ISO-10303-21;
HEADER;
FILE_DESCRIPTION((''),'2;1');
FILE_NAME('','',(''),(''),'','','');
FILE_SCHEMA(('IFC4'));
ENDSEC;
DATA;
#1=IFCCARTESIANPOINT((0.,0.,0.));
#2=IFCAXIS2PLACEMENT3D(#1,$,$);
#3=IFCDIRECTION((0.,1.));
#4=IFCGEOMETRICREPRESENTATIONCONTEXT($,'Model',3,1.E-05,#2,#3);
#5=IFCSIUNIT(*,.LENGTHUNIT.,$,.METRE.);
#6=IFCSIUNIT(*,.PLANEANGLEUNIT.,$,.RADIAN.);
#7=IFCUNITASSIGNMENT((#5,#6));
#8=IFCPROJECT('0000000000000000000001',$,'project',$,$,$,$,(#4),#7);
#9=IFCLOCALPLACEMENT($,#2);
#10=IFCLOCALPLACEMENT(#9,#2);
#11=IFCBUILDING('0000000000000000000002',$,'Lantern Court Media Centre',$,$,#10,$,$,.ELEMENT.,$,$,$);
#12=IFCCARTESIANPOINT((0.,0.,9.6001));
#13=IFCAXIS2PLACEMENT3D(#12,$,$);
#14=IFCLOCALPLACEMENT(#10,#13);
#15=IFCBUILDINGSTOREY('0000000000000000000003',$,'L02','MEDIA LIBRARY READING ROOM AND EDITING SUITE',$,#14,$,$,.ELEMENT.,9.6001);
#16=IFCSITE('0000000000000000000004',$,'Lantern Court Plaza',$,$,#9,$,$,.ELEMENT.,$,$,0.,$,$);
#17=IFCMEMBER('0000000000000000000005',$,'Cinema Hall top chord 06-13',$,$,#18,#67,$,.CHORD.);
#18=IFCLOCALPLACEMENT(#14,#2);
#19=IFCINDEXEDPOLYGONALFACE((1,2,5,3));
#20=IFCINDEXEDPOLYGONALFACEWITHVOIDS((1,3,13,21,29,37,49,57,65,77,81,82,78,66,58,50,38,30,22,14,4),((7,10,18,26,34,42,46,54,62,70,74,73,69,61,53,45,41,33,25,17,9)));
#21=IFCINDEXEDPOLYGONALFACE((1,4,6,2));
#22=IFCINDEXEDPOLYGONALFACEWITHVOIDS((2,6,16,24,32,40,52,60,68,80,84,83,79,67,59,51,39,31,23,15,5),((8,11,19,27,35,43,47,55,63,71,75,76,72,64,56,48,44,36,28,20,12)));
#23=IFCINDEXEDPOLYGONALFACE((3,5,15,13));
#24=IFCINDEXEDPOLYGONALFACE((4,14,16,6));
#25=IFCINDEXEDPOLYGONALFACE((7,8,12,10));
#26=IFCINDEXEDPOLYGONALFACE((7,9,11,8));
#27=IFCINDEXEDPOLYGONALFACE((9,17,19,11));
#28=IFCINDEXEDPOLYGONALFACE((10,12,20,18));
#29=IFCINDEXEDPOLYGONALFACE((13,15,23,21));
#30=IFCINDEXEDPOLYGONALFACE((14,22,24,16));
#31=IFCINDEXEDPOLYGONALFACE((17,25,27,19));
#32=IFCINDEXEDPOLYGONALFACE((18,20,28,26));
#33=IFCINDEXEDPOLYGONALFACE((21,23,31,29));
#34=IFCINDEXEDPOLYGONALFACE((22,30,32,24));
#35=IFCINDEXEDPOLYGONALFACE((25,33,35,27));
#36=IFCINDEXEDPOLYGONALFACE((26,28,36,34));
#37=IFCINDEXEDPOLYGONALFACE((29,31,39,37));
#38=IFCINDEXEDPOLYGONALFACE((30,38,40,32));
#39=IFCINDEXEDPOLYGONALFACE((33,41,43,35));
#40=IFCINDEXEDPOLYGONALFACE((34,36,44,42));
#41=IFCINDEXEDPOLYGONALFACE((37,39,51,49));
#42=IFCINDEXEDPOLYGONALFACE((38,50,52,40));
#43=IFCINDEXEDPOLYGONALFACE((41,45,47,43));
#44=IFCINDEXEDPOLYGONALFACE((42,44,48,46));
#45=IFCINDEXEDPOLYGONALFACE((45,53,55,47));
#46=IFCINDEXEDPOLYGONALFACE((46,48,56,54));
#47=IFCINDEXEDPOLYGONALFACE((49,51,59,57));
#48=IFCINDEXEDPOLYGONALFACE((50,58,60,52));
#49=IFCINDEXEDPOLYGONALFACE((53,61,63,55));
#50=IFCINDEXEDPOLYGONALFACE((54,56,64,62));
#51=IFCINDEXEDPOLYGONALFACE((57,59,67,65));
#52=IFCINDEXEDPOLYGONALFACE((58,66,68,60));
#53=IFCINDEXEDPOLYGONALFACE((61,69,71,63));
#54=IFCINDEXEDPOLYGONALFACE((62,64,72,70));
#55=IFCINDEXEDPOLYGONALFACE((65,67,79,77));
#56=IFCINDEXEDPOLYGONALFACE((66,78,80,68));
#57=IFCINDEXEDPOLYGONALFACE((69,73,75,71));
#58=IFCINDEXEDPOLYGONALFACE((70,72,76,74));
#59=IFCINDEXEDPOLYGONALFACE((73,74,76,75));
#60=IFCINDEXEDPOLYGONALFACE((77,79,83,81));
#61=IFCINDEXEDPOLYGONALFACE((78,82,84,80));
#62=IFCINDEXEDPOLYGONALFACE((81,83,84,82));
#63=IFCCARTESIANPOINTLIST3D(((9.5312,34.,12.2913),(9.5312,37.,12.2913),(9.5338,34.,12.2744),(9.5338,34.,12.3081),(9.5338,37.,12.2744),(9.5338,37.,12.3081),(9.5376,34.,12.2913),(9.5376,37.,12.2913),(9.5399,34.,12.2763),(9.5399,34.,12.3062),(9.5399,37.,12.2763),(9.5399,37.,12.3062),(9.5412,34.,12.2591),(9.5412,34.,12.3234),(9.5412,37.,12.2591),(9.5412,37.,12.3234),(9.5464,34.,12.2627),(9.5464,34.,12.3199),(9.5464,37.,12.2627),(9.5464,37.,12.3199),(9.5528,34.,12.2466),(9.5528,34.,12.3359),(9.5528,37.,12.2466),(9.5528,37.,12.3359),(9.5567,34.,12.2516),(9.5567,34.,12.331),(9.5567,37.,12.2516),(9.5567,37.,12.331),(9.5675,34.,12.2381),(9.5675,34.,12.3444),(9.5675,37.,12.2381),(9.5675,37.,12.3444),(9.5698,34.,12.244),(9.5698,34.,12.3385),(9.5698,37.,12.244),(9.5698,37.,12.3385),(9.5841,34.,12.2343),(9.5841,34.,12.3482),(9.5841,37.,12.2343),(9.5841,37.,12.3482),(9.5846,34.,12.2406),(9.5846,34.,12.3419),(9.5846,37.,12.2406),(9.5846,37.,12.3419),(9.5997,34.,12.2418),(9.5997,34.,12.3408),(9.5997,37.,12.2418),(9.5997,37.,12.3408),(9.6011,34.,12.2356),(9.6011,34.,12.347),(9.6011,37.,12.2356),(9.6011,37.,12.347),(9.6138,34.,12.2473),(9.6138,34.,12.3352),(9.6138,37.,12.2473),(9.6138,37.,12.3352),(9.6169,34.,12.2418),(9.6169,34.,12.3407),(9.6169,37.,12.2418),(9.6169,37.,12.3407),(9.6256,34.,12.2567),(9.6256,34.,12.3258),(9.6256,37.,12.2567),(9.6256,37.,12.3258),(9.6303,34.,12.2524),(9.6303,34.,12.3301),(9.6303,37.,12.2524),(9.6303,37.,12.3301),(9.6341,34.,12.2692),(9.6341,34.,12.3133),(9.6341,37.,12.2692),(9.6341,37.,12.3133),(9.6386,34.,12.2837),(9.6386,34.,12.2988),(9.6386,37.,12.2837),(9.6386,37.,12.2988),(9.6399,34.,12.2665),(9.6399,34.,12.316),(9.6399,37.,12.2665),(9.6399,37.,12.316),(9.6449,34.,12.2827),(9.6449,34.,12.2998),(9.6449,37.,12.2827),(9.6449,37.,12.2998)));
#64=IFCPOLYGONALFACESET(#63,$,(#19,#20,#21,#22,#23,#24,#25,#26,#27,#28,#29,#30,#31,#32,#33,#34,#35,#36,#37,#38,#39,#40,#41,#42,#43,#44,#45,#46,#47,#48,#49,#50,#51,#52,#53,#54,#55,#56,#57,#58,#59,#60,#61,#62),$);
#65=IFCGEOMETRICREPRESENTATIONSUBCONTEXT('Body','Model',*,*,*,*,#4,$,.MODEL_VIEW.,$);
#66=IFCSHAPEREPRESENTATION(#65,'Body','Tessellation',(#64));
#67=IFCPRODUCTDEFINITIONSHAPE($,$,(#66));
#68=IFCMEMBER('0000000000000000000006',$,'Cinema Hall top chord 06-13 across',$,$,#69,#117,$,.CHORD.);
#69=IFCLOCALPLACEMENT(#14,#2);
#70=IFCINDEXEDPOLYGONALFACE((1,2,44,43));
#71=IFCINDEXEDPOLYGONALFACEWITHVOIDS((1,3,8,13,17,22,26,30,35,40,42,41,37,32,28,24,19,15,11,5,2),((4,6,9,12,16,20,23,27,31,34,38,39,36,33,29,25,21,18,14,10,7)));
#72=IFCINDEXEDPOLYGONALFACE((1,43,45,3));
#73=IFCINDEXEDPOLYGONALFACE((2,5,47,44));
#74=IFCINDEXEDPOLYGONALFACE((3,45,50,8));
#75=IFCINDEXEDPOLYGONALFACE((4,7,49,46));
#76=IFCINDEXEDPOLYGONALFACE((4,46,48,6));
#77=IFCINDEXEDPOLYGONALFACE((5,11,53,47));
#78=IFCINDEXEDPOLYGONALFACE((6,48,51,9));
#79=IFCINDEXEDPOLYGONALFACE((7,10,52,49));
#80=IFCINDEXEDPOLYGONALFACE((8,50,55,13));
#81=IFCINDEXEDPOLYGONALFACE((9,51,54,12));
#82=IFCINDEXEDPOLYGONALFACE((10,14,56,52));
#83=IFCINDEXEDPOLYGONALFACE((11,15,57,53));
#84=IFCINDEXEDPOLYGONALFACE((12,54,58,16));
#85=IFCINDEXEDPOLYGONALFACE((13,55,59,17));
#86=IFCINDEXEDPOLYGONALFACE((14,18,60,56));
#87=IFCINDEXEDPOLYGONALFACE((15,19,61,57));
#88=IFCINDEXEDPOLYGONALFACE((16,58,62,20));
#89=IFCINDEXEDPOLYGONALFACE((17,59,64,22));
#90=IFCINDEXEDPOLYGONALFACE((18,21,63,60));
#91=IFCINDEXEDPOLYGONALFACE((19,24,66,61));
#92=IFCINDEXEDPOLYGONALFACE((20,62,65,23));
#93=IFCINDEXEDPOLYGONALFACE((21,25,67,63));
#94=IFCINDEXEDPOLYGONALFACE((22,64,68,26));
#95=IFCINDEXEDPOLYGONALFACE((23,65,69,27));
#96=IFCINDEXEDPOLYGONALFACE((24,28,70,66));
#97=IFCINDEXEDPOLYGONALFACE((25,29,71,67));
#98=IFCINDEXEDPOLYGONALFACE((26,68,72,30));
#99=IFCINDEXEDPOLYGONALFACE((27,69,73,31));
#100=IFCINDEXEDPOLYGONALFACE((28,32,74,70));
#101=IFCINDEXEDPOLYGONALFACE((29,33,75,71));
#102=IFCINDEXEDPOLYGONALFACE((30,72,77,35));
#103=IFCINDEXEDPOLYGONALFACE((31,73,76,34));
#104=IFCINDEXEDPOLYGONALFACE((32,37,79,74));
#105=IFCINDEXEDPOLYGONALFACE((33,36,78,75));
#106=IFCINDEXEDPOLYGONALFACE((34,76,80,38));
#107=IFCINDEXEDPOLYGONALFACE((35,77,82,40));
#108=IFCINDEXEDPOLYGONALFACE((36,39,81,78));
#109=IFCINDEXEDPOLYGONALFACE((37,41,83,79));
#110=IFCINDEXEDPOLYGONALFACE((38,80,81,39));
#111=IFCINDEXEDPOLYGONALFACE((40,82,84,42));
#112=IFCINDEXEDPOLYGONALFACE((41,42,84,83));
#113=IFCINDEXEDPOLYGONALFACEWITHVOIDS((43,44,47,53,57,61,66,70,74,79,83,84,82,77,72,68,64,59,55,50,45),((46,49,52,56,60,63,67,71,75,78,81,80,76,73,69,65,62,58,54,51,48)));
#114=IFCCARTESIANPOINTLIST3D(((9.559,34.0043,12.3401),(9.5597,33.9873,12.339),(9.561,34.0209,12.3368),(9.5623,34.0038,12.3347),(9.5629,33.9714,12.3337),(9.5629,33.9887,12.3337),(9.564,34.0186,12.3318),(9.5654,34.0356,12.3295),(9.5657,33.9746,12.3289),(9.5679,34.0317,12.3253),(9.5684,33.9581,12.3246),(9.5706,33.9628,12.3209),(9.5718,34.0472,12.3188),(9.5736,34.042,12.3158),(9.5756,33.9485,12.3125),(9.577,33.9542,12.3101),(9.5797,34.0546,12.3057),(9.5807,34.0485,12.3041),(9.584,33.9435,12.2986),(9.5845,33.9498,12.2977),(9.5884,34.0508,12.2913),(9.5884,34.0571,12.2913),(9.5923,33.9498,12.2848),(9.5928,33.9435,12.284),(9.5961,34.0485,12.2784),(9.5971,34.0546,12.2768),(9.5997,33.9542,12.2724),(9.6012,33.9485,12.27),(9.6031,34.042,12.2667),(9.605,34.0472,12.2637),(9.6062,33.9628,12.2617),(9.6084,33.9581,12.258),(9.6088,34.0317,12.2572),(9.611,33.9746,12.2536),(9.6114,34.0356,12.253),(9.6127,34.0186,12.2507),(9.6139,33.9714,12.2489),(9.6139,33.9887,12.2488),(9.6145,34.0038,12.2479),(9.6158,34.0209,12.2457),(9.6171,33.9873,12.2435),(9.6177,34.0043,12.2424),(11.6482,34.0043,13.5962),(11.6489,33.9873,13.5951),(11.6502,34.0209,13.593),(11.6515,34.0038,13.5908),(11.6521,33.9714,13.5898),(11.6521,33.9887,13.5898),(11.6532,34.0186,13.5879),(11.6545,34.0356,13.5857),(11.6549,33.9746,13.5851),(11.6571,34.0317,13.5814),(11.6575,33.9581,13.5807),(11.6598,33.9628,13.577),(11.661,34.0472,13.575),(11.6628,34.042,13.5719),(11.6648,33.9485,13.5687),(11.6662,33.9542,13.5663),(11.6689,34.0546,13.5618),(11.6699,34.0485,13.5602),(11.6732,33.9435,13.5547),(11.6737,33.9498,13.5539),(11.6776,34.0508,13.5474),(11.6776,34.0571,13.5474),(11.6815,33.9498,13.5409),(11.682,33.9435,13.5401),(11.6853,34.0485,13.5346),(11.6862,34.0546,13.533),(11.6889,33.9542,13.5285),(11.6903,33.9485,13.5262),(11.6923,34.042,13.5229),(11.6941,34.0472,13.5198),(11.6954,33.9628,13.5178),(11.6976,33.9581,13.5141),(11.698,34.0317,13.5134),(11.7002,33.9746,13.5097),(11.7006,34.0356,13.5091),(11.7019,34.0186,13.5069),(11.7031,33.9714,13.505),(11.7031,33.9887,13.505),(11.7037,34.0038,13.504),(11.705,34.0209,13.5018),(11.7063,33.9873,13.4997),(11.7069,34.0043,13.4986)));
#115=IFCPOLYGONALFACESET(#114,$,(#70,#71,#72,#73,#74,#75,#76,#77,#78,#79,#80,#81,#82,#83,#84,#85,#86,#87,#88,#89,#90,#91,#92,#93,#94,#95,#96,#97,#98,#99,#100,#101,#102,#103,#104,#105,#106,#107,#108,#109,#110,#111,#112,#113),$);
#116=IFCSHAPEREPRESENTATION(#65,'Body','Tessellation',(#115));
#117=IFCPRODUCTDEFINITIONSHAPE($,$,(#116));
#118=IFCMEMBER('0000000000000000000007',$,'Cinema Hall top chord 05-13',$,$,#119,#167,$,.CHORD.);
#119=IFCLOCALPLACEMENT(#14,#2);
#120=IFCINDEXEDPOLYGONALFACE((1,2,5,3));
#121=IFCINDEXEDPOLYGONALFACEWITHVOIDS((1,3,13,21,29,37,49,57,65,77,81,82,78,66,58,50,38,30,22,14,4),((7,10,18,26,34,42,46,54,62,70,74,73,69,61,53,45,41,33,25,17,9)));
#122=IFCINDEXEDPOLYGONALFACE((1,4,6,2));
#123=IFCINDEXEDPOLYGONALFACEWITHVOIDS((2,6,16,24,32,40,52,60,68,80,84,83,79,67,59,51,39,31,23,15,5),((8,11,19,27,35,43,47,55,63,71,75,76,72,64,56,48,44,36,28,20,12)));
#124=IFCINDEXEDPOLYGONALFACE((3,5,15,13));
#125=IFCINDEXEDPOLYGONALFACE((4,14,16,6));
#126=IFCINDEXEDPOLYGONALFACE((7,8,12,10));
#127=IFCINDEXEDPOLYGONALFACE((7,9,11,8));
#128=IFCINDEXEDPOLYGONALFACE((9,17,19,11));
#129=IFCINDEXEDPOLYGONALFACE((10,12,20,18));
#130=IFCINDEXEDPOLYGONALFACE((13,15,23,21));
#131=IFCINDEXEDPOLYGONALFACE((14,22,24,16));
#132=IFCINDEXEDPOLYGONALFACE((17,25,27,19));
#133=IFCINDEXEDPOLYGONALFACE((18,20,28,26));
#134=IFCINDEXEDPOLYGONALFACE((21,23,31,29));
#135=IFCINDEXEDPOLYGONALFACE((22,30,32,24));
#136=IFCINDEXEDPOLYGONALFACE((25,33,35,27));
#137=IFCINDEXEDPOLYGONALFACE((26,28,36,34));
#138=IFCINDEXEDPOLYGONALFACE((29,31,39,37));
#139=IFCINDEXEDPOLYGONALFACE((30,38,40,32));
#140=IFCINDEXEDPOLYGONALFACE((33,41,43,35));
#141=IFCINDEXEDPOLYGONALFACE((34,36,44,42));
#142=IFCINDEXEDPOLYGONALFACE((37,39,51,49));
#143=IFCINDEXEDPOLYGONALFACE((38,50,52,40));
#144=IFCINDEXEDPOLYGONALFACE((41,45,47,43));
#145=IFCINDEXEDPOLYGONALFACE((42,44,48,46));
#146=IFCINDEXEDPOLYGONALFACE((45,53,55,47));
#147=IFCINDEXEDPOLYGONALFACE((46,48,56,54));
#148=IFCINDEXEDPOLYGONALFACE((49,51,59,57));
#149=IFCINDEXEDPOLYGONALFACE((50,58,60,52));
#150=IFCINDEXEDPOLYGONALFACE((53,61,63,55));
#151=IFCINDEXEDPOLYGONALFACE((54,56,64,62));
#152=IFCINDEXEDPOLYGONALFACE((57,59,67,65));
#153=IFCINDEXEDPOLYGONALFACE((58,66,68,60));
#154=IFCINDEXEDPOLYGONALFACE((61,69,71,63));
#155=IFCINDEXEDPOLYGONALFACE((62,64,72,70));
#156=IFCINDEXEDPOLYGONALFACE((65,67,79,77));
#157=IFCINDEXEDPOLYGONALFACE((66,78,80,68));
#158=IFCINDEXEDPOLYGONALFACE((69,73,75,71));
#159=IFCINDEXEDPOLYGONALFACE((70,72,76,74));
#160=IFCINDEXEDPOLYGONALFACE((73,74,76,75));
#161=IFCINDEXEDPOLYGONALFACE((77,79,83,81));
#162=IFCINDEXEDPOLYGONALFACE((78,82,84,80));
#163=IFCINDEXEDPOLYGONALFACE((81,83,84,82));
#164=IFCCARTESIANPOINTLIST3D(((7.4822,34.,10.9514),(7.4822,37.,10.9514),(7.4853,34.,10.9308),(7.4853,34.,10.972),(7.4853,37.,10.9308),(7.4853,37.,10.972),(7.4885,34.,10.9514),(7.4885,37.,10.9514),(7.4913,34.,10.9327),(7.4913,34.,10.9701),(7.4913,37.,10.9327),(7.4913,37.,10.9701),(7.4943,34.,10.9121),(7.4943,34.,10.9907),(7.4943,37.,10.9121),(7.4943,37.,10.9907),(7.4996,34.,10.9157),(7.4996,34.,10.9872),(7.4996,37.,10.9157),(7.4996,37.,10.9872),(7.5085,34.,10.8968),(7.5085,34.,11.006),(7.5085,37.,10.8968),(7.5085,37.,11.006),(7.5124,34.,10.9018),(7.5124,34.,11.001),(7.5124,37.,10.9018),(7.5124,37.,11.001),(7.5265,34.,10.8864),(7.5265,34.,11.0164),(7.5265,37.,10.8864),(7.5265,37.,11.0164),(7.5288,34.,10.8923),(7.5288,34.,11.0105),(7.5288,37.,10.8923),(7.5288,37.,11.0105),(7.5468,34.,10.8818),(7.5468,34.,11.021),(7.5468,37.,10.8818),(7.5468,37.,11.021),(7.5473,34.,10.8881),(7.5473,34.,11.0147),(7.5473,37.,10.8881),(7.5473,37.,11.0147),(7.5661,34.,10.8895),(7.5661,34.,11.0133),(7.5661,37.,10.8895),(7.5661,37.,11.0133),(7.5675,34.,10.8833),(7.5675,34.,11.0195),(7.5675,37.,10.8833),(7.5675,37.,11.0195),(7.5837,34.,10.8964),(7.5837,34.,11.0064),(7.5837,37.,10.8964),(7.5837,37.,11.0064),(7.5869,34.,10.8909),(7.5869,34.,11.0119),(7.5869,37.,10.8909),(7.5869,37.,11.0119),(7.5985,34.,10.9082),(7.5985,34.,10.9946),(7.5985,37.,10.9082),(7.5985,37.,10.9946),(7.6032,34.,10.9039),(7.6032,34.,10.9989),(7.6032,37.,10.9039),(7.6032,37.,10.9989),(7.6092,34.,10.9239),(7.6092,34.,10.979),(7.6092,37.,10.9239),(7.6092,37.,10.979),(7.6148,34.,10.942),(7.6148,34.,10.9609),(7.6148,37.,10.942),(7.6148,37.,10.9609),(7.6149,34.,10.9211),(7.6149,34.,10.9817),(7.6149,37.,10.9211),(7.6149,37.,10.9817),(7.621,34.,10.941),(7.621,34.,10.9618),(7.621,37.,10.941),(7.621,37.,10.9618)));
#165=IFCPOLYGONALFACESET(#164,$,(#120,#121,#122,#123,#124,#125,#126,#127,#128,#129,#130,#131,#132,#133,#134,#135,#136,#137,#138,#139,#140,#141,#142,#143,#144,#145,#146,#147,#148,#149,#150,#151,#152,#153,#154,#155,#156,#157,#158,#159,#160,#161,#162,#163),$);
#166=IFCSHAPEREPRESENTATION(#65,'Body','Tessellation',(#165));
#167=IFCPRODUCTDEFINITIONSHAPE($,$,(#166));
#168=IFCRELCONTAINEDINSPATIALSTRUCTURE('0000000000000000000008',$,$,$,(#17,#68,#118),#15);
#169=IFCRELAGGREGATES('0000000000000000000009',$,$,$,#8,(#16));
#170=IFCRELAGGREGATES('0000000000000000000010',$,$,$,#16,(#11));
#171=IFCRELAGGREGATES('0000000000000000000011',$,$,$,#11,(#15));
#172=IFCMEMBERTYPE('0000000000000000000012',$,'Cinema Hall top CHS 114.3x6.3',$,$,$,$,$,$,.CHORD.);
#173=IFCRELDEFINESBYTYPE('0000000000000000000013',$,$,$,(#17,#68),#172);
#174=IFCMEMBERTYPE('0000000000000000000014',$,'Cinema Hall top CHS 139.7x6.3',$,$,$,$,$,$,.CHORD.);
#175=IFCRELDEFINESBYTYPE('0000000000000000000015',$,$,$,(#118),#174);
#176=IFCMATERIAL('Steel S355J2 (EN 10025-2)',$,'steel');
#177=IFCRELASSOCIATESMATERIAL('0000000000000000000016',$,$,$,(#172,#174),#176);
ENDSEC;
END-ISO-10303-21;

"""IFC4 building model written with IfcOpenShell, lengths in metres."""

from ifc_helpers import new_model, si_unit, direction, frame, origin, origin_2d, place, context, subcontext, project, spatial, hollow_circle, extrude, material, material_profile, profile_set, type_object, element, save


model = new_model("IFC4")

# Units and contexts
model_context = context("Model", 3, precision=1e-05, world=origin(), true_north=direction((0.0, 1.0)))
body_context = subcontext(model_context, "Body", "Model", "MODEL_VIEW")
ifc_project = project(units=[si_unit("LENGTHUNIT", "METRE"), si_unit("PLANEANGLEUNIT", "RADIAN")], contexts=[model_context])

# Site, building, storey
site_placement = place(None, origin())
site = spatial("IfcSite", under=ifc_project, at=site_placement, Name="Lantern Court Plaza", CompositionType="ELEMENT", RefElevation=0.0)
building_placement = place(site_placement, origin())
building = spatial("IfcBuilding", under=site, at=building_placement, Name="Lantern Court Media Centre", CompositionType="ELEMENT")
storey_placement = place(building_placement, frame((0.0, 0.0, 9.6001)))
storey = spatial("IfcBuildingStorey", under=building, at=storey_placement, Name="L02", Description="MEDIA LIBRARY READING ROOM AND EDITING SUITE", CompositionType="ELEMENT", Elevation=9.6001)

# Members
ifc_material = material(Name="Steel S355J2 (EN 10025-2)", Category="steel")
ifc_material_profile_1 = material_profile(ifc_material, hollow_circle(Radius=0.0571, WallThickness=0.0063, at=origin_2d()), Name="Cinema Hall top CHS 114.3x6.3")
ifc_profile_set_1 = profile_set([ifc_material_profile_1], Name="Steel S355J2 (EN 10025-2)")
member_type_1 = type_object("IfcMemberType", Name="Cinema Hall top CHS 114.3x6.3", PredefinedType="CHORD", material=ifc_profile_set_1)
member_1_placement = place(storey_placement, frame((9.5884, 34.0, 12.2913), z_axis=(0.0, 1.0, 0.0), x_axis=(-1.0, 0.0, 0.0)))
element("IfcMember", 1, at=member_1_placement, inside=storey, type_object=member_type_1, Name="Cinema Hall top chord 06-13", PredefinedType="CHORD", context=body_context, shape_type="SweptSolid", body=[
    extrude(hollow_circle(Radius=0.0571, WallThickness=0.0063, at=origin_2d()), origin(), (0.0, 0.0, 1.0), 3.0),
])
member_2_placement = place(storey_placement, frame((9.5884, 34.0, 12.2913), z_axis=(0.857015, 0.0, 0.515291), x_axis=(0.0, 1.0, 0.0)))
element("IfcMember", 2, at=member_2_placement, inside=storey, type_object=member_type_1, Name="Cinema Hall top chord 06-13 across", PredefinedType="CHORD", context=body_context, shape_type="SweptSolid", body=[
    extrude(hollow_circle(Radius=0.0571, WallThickness=0.0063, at=origin_2d()), origin(), (0.0, 0.0, 1.0), 2.4377),
])
ifc_material_profile_2 = material_profile(ifc_material, hollow_circle(Radius=0.0698, WallThickness=0.0063, at=origin_2d()), Name="Cinema Hall top CHS 139.7x6.3")
ifc_profile_set_2 = profile_set([ifc_material_profile_2], Name="Steel S355J2 (EN 10025-2)")
member_type_2 = type_object("IfcMemberType", Name="Cinema Hall top CHS 139.7x6.3", PredefinedType="CHORD", material=ifc_profile_set_2)
for number, where, z_axis, x_axis, name in (
    (3, (7.552, 34.0, 10.9514), (0.0, 1.0, 0.0), (-1.0, 0.0, 0.0), "Cinema Hall top chord 05-13"),
):
    element("IfcMember", number, at=place(storey_placement, frame(where, z_axis=z_axis, x_axis=x_axis)), inside=storey, type_object=member_type_2, Name=name, PredefinedType="CHORD", context=body_context, shape_type="SweptSolid", body=[
        extrude(hollow_circle(Radius=0.0698, WallThickness=0.0063, at=origin_2d()), origin(), (0.0, 0.0, 1.0), 3.0),
    ])

save(model, "model.ifc")
